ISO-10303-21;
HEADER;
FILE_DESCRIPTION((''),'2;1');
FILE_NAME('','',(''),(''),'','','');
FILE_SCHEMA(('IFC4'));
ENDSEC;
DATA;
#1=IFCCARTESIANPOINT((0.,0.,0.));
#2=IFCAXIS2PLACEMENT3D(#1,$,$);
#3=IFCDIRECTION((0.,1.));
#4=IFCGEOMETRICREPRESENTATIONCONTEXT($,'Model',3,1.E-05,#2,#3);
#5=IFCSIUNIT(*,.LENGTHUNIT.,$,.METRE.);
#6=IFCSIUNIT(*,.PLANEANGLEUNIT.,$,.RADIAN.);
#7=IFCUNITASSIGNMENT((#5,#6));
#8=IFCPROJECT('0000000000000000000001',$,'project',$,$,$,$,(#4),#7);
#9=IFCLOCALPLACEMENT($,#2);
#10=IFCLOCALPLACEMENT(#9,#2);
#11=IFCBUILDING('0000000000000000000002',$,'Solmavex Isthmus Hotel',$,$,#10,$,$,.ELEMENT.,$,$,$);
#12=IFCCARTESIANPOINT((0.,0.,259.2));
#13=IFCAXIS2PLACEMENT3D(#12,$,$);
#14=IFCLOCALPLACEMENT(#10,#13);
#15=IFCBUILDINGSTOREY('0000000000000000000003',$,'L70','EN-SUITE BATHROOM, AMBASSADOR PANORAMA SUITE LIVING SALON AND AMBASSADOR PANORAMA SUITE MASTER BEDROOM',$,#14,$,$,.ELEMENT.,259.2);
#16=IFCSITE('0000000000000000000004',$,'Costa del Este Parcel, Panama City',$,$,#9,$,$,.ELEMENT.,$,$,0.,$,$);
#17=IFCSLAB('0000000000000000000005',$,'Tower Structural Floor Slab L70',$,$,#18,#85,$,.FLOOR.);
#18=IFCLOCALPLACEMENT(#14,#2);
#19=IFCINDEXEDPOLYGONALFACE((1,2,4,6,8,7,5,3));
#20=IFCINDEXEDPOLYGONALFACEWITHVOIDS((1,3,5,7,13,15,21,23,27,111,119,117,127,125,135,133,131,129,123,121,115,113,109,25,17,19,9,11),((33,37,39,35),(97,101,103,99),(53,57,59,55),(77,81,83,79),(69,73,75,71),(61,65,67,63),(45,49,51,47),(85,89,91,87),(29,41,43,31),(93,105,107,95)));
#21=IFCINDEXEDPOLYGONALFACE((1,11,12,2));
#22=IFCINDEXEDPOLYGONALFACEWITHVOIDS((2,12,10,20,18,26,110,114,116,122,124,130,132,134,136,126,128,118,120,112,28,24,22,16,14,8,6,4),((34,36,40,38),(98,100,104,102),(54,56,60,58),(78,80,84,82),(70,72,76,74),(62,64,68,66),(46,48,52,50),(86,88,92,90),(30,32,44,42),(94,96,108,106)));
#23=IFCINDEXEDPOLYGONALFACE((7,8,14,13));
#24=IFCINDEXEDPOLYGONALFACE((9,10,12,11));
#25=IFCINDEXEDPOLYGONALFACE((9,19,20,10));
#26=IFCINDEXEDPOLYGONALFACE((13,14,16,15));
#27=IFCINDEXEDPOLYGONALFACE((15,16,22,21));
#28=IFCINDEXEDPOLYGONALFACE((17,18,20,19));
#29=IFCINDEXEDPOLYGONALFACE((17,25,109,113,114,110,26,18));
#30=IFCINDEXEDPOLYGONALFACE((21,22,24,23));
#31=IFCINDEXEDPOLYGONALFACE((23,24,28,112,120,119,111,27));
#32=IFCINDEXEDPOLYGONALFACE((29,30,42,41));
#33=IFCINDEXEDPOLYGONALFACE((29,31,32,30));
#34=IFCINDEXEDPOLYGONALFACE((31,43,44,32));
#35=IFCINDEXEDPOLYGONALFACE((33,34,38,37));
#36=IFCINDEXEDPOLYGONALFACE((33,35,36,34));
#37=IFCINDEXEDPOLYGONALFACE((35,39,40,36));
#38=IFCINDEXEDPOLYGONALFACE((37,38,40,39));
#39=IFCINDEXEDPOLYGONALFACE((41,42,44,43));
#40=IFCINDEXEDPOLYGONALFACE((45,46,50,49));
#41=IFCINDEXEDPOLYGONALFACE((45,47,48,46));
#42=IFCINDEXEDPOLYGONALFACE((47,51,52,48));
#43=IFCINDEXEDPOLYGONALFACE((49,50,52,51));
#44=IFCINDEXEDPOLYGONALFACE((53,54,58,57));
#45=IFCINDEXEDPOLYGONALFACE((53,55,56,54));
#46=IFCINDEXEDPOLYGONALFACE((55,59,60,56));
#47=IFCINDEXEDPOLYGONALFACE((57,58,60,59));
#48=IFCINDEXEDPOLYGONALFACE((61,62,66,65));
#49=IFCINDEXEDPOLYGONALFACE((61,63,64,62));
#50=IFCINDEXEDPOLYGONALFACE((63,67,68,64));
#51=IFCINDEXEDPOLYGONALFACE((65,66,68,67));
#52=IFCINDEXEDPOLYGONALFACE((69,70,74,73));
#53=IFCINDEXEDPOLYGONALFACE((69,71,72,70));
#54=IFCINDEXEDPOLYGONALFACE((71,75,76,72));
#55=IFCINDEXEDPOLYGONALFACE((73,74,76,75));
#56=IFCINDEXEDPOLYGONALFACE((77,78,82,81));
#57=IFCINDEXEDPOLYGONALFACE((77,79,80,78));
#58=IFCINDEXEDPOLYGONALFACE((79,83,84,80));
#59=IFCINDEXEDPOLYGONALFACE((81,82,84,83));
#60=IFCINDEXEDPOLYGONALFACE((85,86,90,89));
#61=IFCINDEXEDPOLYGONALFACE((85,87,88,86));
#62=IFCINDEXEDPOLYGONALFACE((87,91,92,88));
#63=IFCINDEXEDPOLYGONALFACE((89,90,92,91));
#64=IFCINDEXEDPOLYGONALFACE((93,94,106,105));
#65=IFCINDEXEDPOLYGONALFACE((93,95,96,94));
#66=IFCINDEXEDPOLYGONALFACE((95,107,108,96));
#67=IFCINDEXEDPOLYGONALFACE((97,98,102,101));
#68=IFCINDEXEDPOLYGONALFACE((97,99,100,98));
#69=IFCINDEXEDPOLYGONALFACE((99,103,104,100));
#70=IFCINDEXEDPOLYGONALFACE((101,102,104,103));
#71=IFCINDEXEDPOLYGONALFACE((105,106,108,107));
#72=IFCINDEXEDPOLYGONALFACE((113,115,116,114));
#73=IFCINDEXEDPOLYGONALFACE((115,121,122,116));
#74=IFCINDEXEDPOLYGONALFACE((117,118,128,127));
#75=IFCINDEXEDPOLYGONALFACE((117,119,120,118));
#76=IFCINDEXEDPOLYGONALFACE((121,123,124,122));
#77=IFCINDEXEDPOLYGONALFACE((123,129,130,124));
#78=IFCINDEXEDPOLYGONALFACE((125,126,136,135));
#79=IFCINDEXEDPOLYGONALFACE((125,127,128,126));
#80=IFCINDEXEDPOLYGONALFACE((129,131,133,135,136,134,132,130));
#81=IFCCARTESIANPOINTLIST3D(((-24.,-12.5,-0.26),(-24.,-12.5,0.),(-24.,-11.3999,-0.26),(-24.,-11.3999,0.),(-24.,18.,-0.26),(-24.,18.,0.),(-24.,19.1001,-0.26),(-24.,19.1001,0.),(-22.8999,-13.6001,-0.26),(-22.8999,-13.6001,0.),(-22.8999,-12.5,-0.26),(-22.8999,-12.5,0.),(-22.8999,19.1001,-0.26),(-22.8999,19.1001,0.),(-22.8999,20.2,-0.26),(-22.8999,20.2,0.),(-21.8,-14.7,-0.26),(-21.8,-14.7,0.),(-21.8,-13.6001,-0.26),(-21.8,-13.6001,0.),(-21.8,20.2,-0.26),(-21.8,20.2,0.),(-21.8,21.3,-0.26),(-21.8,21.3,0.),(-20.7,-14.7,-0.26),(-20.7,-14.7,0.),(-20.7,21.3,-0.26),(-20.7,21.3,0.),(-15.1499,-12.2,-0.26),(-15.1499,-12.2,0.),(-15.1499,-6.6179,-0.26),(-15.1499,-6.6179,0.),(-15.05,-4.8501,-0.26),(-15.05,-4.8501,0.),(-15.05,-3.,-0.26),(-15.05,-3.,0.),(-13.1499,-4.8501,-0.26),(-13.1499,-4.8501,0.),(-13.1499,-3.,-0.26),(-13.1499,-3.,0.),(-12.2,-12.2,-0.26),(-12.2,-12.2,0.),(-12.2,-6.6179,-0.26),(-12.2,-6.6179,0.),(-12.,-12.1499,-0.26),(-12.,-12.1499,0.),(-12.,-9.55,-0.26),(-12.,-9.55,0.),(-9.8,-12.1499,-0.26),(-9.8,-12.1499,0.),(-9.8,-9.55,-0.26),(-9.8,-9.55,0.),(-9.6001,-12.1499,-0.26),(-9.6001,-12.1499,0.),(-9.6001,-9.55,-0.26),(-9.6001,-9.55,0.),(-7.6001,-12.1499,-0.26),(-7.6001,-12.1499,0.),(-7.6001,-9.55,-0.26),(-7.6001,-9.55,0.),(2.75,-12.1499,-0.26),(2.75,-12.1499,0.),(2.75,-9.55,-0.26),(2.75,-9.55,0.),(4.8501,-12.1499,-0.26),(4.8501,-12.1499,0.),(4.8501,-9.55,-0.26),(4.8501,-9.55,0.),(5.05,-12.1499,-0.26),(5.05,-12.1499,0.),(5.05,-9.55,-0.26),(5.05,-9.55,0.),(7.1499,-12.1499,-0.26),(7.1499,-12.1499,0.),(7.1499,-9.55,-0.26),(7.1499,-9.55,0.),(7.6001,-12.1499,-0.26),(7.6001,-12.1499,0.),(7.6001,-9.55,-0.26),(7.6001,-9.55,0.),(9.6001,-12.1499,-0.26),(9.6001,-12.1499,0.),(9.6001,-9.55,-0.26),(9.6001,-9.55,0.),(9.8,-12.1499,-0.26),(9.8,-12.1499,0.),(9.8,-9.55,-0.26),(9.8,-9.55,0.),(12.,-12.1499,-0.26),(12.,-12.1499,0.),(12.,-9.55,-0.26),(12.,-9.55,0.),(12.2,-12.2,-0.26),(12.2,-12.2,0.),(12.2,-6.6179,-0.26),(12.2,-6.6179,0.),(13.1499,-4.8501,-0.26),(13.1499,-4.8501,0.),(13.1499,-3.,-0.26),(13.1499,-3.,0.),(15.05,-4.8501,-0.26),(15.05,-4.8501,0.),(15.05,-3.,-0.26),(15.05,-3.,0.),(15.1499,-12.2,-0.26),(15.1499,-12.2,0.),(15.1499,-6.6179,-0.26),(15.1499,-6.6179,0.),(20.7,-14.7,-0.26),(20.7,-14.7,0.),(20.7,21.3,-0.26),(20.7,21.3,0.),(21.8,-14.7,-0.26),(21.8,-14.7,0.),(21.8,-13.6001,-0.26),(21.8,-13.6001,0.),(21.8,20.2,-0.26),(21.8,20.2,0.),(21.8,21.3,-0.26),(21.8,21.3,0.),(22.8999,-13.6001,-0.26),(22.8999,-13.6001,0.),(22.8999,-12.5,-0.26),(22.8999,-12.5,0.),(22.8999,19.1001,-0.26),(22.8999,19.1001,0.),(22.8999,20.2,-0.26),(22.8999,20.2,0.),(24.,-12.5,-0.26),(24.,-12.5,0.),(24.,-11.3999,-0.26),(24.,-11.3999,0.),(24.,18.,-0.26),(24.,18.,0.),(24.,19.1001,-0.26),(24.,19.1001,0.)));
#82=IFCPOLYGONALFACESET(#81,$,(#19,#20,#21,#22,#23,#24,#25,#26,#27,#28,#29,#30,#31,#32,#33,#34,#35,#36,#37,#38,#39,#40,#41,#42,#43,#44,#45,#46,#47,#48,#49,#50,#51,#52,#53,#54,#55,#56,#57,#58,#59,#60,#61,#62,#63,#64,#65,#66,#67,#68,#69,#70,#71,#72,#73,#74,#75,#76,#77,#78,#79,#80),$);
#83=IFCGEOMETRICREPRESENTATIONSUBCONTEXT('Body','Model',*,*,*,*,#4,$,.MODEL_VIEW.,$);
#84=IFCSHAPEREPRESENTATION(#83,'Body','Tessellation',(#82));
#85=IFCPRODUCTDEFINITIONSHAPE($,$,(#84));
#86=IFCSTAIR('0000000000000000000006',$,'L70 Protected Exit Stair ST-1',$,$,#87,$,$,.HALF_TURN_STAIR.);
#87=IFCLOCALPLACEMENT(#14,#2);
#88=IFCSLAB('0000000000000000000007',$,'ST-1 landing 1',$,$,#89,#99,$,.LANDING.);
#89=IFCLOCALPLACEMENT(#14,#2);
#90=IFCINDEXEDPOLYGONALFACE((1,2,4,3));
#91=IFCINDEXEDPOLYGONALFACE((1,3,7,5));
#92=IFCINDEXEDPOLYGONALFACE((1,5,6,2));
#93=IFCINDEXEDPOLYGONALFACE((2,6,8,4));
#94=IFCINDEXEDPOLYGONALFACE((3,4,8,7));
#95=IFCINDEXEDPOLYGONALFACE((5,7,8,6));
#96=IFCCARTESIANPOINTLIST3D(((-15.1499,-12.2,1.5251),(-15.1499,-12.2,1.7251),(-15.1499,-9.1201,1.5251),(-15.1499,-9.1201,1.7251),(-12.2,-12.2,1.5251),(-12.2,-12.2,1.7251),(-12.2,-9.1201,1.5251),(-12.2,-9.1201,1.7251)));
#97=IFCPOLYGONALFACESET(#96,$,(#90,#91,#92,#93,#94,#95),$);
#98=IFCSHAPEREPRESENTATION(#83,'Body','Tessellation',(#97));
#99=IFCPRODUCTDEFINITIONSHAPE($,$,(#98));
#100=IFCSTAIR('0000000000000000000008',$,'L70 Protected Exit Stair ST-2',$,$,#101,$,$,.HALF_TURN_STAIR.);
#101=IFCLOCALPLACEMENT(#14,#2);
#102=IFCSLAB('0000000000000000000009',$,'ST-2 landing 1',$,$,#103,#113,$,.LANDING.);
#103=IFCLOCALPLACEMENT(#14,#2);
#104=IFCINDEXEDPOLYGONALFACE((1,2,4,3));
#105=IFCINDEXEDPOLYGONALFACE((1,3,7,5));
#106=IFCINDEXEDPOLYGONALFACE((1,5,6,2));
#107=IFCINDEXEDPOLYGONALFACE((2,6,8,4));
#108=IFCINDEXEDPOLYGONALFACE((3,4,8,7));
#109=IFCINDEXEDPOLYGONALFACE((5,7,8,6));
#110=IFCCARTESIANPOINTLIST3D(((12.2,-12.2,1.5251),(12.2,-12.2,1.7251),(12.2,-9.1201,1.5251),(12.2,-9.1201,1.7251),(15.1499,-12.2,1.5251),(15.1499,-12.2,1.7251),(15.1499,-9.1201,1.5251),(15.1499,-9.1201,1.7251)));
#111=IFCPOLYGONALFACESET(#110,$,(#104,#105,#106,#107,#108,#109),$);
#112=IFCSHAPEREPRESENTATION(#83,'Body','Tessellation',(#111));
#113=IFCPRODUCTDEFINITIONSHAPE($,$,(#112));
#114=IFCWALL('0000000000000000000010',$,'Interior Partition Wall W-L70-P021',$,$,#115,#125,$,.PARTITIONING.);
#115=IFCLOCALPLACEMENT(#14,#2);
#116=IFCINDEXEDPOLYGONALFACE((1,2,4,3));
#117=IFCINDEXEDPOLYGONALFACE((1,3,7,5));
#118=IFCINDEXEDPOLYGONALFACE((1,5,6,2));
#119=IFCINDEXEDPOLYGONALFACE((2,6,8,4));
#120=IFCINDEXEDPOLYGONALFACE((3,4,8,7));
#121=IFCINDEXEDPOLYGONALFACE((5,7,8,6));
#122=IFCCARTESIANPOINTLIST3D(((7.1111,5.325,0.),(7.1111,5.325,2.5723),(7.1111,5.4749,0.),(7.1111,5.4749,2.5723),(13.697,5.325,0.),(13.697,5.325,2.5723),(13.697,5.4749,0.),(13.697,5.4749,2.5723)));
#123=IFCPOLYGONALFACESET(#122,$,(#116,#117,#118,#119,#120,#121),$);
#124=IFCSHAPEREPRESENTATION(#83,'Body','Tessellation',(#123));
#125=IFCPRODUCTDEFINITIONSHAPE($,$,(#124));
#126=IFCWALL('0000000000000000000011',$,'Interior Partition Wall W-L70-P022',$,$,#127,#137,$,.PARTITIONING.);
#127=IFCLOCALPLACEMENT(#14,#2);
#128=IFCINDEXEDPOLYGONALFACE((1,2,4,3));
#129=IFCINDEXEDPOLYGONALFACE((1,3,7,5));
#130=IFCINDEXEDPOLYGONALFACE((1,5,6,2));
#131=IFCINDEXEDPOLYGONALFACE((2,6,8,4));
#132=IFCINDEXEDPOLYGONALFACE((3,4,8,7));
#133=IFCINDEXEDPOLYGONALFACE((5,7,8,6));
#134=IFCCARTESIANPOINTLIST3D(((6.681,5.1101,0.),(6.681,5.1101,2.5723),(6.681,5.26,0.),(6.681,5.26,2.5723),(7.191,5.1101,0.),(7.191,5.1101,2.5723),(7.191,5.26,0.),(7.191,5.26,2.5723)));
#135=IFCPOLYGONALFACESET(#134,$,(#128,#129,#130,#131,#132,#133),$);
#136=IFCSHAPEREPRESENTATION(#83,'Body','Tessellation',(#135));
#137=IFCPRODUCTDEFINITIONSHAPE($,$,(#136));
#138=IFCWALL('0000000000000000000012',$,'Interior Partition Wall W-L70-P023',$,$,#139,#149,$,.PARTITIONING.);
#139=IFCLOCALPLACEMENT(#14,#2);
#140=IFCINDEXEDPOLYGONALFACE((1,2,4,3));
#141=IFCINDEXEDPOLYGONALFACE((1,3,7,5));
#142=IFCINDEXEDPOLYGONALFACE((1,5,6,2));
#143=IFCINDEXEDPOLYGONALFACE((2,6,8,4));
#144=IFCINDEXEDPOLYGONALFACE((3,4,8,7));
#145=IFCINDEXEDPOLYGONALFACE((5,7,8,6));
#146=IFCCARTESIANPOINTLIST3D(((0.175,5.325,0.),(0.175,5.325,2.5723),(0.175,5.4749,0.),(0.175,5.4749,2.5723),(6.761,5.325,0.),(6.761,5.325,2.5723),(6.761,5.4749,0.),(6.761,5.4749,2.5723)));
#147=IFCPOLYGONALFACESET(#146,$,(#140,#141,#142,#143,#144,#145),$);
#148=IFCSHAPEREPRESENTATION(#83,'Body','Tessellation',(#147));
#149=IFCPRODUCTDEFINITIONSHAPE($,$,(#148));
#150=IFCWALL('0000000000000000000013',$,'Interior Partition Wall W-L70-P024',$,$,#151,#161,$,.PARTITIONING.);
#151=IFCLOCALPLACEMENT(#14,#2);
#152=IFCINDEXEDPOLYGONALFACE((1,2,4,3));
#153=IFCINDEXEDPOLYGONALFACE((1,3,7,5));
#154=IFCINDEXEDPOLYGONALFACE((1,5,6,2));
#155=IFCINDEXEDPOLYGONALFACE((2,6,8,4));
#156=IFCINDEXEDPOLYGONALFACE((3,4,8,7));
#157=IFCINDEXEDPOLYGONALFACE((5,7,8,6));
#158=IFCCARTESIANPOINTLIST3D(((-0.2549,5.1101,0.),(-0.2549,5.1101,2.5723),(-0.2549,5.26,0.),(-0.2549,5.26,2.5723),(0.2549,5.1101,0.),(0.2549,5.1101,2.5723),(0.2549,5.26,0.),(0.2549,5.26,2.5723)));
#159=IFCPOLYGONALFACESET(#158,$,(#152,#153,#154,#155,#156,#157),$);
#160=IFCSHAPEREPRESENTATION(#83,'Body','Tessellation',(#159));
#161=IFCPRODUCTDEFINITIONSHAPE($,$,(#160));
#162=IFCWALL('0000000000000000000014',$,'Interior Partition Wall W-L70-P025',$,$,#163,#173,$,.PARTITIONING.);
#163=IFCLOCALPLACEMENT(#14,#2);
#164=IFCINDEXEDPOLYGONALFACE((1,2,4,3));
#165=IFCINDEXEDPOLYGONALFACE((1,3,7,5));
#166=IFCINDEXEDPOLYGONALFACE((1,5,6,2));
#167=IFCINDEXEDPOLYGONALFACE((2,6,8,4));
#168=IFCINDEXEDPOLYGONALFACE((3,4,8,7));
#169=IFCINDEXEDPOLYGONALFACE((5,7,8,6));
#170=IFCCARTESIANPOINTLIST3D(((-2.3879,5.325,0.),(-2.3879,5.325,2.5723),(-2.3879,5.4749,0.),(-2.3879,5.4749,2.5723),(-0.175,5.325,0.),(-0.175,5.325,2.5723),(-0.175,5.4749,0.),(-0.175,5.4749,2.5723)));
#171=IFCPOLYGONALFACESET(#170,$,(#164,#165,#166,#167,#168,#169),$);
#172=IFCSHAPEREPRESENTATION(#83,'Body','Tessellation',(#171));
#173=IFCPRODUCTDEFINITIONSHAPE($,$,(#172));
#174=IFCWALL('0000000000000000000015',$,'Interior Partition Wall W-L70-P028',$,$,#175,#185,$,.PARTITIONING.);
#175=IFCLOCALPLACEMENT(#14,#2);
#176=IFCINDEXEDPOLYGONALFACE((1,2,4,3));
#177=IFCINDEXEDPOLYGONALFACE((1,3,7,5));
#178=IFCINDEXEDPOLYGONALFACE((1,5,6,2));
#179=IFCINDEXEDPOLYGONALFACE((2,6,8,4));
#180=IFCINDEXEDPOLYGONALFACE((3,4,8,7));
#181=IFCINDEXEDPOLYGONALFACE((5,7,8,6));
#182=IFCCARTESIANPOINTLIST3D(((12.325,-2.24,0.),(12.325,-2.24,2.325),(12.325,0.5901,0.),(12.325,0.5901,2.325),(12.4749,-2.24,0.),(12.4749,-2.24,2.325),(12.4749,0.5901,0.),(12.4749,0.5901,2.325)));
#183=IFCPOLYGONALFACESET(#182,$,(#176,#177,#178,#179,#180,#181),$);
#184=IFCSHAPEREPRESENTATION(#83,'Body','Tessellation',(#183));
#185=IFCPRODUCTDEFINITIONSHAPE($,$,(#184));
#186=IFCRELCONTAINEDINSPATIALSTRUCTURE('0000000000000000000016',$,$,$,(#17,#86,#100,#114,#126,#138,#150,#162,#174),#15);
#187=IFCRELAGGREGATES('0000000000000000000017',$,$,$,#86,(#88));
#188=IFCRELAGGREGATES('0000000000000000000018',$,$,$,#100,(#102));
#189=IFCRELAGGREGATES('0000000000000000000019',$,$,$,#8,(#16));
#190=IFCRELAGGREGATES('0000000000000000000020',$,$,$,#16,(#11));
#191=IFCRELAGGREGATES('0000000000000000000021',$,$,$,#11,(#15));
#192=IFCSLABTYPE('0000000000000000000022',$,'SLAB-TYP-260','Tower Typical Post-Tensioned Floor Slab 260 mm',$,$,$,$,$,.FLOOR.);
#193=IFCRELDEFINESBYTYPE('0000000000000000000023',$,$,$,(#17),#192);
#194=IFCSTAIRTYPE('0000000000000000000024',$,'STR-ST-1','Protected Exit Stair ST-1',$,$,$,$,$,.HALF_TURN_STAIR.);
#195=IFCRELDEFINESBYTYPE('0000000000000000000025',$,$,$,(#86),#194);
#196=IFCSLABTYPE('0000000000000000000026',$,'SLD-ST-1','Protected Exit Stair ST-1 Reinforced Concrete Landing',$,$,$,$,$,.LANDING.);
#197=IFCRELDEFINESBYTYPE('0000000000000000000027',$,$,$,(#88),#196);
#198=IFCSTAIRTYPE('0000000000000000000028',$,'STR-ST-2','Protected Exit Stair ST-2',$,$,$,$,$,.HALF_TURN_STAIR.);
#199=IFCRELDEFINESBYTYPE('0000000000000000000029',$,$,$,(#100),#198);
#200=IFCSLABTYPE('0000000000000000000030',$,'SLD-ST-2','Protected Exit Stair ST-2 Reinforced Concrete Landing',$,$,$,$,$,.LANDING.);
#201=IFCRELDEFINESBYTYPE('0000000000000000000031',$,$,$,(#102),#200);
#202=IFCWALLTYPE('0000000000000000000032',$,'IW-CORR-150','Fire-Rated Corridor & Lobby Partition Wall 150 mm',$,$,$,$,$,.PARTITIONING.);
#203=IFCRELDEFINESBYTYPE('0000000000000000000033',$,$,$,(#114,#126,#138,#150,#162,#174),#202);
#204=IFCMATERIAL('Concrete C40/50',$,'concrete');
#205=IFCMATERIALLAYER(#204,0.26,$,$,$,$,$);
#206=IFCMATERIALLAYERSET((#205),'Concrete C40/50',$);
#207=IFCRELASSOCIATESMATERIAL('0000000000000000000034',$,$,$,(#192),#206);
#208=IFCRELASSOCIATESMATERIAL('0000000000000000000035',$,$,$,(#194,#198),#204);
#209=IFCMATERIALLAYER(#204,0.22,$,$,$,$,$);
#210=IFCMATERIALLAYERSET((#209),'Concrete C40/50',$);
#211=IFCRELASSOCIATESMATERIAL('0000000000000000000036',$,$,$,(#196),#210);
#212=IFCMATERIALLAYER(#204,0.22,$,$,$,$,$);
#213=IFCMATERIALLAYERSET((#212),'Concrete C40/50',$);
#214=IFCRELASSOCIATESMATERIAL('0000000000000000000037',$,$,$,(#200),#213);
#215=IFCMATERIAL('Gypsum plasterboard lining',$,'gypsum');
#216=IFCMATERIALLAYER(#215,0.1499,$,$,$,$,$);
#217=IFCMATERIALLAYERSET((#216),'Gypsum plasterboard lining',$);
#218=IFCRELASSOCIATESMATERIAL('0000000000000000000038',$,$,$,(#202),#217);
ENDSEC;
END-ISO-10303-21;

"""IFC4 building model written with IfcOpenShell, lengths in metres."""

from ifc_helpers import new_model, si_unit, direction, frame, frame_2d, origin, place, context, subcontext, project, spatial, polyline, rectangle, outline, extrude, material, layer, layer_set, type_object, element, aggregate, save


model = new_model("IFC4")

# Units and contexts
model_context = context("Model", 3, precision=1e-05, world=origin(), true_north=direction((0.0, 1.0)))
body_context = subcontext(model_context, "Body", "Model", "MODEL_VIEW")
ifc_project = project(units=[si_unit("LENGTHUNIT", "METRE"), si_unit("PLANEANGLEUNIT", "RADIAN")], contexts=[model_context])

# Site, building, storey
site_placement = place(None, origin())
site = spatial("IfcSite", under=ifc_project, at=site_placement, Name="Costa del Este Parcel, Panama City", CompositionType="ELEMENT", RefElevation=0.0)
building_placement = place(site_placement, origin())
building = spatial("IfcBuilding", under=site, at=building_placement, Name="Solmavex Isthmus Hotel", CompositionType="ELEMENT")
storey_placement = place(building_placement, frame((0.0, 0.0, 259.2)))
storey = spatial("IfcBuildingStorey", under=building, at=storey_placement, Name="L70", Description="EN-SUITE BATHROOM, AMBASSADOR PANORAMA SUITE LIVING SALON AND AMBASSADOR PANORAMA SUITE MASTER BEDROOM", CompositionType="ELEMENT", Elevation=259.2)

# Slab
ifc_material_1 = material(Name="Concrete C40/50", Category="concrete")
ifc_layer_1 = layer(ifc_material_1, 0.26)
ifc_layer_set_1 = layer_set([ifc_layer_1], Name="Concrete C40/50")
slab_type_1 = type_object("IfcSlabType", Name="SLAB-TYP-260", Description="Tower Typical Post-Tensioned Floor Slab 260 mm", PredefinedType="FLOOR", material=ifc_layer_set_1)
slab_1_placement = place(storey_placement, frame((0.0, 0.0, -0.26)))
element("IfcSlab", 1, at=slab_1_placement, inside=storey, type_object=slab_type_1, Name="Tower Structural Floor Slab L70", PredefinedType="FLOOR", context=body_context, shape_type="SweptSolid", body=[
    extrude(outline(polyline([(-20.7, -14.7), (20.7, -14.7), (21.8, -14.7), (21.8, -13.6001), (22.8999, -13.6001), (22.8999, -12.5), (24.0, -12.5), (24.0, -11.3999), (24.0, 18.0), (24.0, 19.1001), (22.8999, 19.1001), (22.8999, 20.2), (21.8, 20.2), (21.8, 21.3), (20.7, 21.3), (-20.7, 21.3), (-21.8, 21.3), (-21.8, 20.2), (-22.8999, 20.2), (-22.8999, 19.1001), (-24.0, 19.1001), (-24.0, 18.0), (-24.0, -11.3999), (-24.0, -12.5), (-22.8999, -12.5), (-22.8999, -13.6001), (-21.8, -13.6001), (-21.8, -14.7), (-20.7, -14.7)]), holes=[polyline([(-15.1499, -6.6179), (-15.1499, -12.2), (-12.2, -12.2), (-12.2, -6.6179), (-15.1499, -6.6179)]), polyline([(12.2, -6.6179), (12.2, -12.2), (15.1499, -12.2), (15.1499, -6.6179), (12.2, -6.6179)]), polyline([(-12.0, -12.1499), (-9.8, -12.1499), (-9.8, -9.55), (-12.0, -9.55), (-12.0, -12.1499)]), polyline([(9.8, -12.1499), (12.0, -12.1499), (12.0, -9.55), (9.8, -9.55), (9.8, -12.1499)]), polyline([(-9.6001, -12.1499), (-7.6001, -12.1499), (-7.6001, -9.55), (-9.6001, -9.55), (-9.6001, -12.1499)]), polyline([(7.6001, -12.1499), (9.6001, -12.1499), (9.6001, -9.55), (7.6001, -9.55), (7.6001, -12.1499)]), polyline([(2.75, -12.1499), (4.8501, -12.1499), (4.8501, -9.55), (2.75, -9.55), (2.75, -12.1499)]), polyline([(5.05, -12.1499), (7.1499, -12.1499), (7.1499, -9.55), (5.05, -9.55), (5.05, -12.1499)]), polyline([(-15.05, -4.8501), (-13.1499, -4.8501), (-13.1499, -3.0), (-15.05, -3.0), (-15.05, -4.8501)]), polyline([(13.1499, -4.8501), (15.05, -4.8501), (15.05, -3.0), (13.1499, -3.0), (13.1499, -4.8501)])]), origin(), (0.0, 0.0, 1.0), 0.26),
])

# Stairs, slabs
stair_type_1 = type_object("IfcStairType", Name="STR-ST-1", Description="Protected Exit Stair ST-1", PredefinedType="HALF_TURN_STAIR", material=ifc_material_1)
stair_1_placement = place(storey_placement, origin())
stair_1 = element("IfcStair", 2, at=stair_1_placement, inside=storey, type_object=stair_type_1, Name="L70 Protected Exit Stair ST-1", PredefinedType="HALF_TURN_STAIR")
ifc_layer_2 = layer(ifc_material_1, 0.22)
ifc_layer_set_2 = layer_set([ifc_layer_2], Name="Concrete C40/50")
slab_type_2 = type_object("IfcSlabType", Name="SLD-ST-1", Description="Protected Exit Stair ST-1 Reinforced Concrete Landing", PredefinedType="LANDING", material=ifc_layer_set_2)
slab_2_placement = place(storey_placement, frame((0.0, 0.0, 1.5251)))
slab_2 = element("IfcSlab", 3, at=slab_2_placement, type_object=slab_type_2, Name="ST-1 landing 1", PredefinedType="LANDING", context=body_context, shape_type="SweptSolid", body=[
    extrude(outline(polyline([(-15.1499, -9.1201), (-15.1499, -12.2), (-12.2, -12.2), (-12.2, -9.1201), (-15.1499, -9.1201)])), origin(), (0.0, 0.0, 1.0), 0.2),
])
aggregate(stair_1, [slab_2])
stair_type_2 = type_object("IfcStairType", Name="STR-ST-2", Description="Protected Exit Stair ST-2", PredefinedType="HALF_TURN_STAIR", material=ifc_material_1)
stair_2_placement = place(storey_placement, origin())
stair_2 = element("IfcStair", 4, at=stair_2_placement, inside=storey, type_object=stair_type_2, Name="L70 Protected Exit Stair ST-2", PredefinedType="HALF_TURN_STAIR")
ifc_layer_3 = layer(ifc_material_1, 0.22)
ifc_layer_set_3 = layer_set([ifc_layer_3], Name="Concrete C40/50")
slab_type_3 = type_object("IfcSlabType", Name="SLD-ST-2", Description="Protected Exit Stair ST-2 Reinforced Concrete Landing", PredefinedType="LANDING", material=ifc_layer_set_3)
slab_3_placement = place(storey_placement, frame((0.0, 0.0, 1.5251)))
slab_3 = element("IfcSlab", 5, at=slab_3_placement, type_object=slab_type_3, Name="ST-2 landing 1", PredefinedType="LANDING", context=body_context, shape_type="SweptSolid", body=[
    extrude(outline(polyline([(12.2, -9.1201), (12.2, -12.2), (15.1499, -12.2), (15.1499, -9.1201), (12.2, -9.1201)])), origin(), (0.0, 0.0, 1.0), 0.2),
])
aggregate(stair_2, [slab_3])

# Walls
ifc_material_2 = material(Name="Gypsum plasterboard lining", Category="gypsum")
ifc_layer_4 = layer(ifc_material_2, 0.1499)
ifc_layer_set_4 = layer_set([ifc_layer_4], Name="Gypsum plasterboard lining")
wall_type = type_object("IfcWallType", Name="IW-CORR-150", Description="Fire-Rated Corridor & Lobby Partition Wall 150 mm", PredefinedType="PARTITIONING", material=ifc_layer_set_4)
wall_1_placement = place(storey_placement, frame((13.697, 5.3999, 0.0), z_axis=(0.0, 0.0, 1.0), x_axis=(-1.0, 0.0, 0.0)))
element("IfcWall", 6, at=wall_1_placement, inside=storey, type_object=wall_type, Name="Interior Partition Wall W-L70-P021", PredefinedType="PARTITIONING", context=body_context, shape_type="SweptSolid", body=[
    extrude(rectangle(XDim=6.5859, YDim=0.1499, at=frame_2d((3.293, 0.0))), origin(), (0.0, 0.0, 1.0), 2.5723),
])
wall_2_placement = place(storey_placement, frame((7.1909, 5.1851, 0.0), z_axis=(0.0, 0.0, 1.0), x_axis=(-1.0, 0.0, 0.0)))
element("IfcWall", 7, at=wall_2_placement, inside=storey, type_object=wall_type, Name="Interior Partition Wall W-L70-P022", PredefinedType="PARTITIONING", context=body_context, shape_type="SweptSolid", body=[
    extrude(rectangle(XDim=0.51, YDim=0.1499, at=frame_2d((0.2549, 0.0))), origin(), (0.0, 0.0, 1.0), 2.5723),
])
wall_3_placement = place(storey_placement, frame((6.761, 5.3999, 0.0), z_axis=(0.0, 0.0, 1.0), x_axis=(-1.0, 0.0, 0.0)))
element("IfcWall", 8, at=wall_3_placement, inside=storey, type_object=wall_type, Name="Interior Partition Wall W-L70-P023", PredefinedType="PARTITIONING", context=body_context, shape_type="SweptSolid", body=[
    extrude(rectangle(XDim=6.5859, YDim=0.1499, at=frame_2d((3.293, 0.0))), origin(), (0.0, 0.0, 1.0), 2.5723),
])
wall_4_placement = place(storey_placement, frame((0.2549, 5.1851, 0.0), z_axis=(0.0, 0.0, 1.0), x_axis=(-1.0, 0.0, 0.0)))
element("IfcWall", 9, at=wall_4_placement, inside=storey, type_object=wall_type, Name="Interior Partition Wall W-L70-P024", PredefinedType="PARTITIONING", context=body_context, shape_type="SweptSolid", body=[
    extrude(rectangle(XDim=0.5098, YDim=0.1499, at=frame_2d((0.2549, 0.0))), origin(), (0.0, 0.0, 1.0), 2.5723),
])
wall_5_placement = place(storey_placement, frame((-0.175, 5.3999, 0.0), z_axis=(0.0, 0.0, 1.0), x_axis=(-1.0, 0.0, 0.0)))
element("IfcWall", 10, at=wall_5_placement, inside=storey, type_object=wall_type, Name="Interior Partition Wall W-L70-P025", PredefinedType="PARTITIONING", context=body_context, shape_type="SweptSolid", body=[
    extrude(rectangle(XDim=2.2129, YDim=0.1499, at=frame_2d((1.1064, 0.0))), origin(), (0.0, 0.0, 1.0), 2.5723),
])
wall_6_placement = place(storey_placement, frame((12.3999, 0.5901, 0.0), z_axis=(0.0, 0.0, 1.0), x_axis=(0.0, -1.0, 0.0)))
element("IfcWall", 11, at=wall_6_placement, inside=storey, type_object=wall_type, Name="Interior Partition Wall W-L70-P028", PredefinedType="PARTITIONING", context=body_context, shape_type="SweptSolid", body=[
    extrude(rectangle(XDim=2.8301, YDim=0.1499, at=frame_2d((1.415, 0.0))), origin(), (0.0, 0.0, 1.0), 2.325),
])

save(model, "model.ifc")
